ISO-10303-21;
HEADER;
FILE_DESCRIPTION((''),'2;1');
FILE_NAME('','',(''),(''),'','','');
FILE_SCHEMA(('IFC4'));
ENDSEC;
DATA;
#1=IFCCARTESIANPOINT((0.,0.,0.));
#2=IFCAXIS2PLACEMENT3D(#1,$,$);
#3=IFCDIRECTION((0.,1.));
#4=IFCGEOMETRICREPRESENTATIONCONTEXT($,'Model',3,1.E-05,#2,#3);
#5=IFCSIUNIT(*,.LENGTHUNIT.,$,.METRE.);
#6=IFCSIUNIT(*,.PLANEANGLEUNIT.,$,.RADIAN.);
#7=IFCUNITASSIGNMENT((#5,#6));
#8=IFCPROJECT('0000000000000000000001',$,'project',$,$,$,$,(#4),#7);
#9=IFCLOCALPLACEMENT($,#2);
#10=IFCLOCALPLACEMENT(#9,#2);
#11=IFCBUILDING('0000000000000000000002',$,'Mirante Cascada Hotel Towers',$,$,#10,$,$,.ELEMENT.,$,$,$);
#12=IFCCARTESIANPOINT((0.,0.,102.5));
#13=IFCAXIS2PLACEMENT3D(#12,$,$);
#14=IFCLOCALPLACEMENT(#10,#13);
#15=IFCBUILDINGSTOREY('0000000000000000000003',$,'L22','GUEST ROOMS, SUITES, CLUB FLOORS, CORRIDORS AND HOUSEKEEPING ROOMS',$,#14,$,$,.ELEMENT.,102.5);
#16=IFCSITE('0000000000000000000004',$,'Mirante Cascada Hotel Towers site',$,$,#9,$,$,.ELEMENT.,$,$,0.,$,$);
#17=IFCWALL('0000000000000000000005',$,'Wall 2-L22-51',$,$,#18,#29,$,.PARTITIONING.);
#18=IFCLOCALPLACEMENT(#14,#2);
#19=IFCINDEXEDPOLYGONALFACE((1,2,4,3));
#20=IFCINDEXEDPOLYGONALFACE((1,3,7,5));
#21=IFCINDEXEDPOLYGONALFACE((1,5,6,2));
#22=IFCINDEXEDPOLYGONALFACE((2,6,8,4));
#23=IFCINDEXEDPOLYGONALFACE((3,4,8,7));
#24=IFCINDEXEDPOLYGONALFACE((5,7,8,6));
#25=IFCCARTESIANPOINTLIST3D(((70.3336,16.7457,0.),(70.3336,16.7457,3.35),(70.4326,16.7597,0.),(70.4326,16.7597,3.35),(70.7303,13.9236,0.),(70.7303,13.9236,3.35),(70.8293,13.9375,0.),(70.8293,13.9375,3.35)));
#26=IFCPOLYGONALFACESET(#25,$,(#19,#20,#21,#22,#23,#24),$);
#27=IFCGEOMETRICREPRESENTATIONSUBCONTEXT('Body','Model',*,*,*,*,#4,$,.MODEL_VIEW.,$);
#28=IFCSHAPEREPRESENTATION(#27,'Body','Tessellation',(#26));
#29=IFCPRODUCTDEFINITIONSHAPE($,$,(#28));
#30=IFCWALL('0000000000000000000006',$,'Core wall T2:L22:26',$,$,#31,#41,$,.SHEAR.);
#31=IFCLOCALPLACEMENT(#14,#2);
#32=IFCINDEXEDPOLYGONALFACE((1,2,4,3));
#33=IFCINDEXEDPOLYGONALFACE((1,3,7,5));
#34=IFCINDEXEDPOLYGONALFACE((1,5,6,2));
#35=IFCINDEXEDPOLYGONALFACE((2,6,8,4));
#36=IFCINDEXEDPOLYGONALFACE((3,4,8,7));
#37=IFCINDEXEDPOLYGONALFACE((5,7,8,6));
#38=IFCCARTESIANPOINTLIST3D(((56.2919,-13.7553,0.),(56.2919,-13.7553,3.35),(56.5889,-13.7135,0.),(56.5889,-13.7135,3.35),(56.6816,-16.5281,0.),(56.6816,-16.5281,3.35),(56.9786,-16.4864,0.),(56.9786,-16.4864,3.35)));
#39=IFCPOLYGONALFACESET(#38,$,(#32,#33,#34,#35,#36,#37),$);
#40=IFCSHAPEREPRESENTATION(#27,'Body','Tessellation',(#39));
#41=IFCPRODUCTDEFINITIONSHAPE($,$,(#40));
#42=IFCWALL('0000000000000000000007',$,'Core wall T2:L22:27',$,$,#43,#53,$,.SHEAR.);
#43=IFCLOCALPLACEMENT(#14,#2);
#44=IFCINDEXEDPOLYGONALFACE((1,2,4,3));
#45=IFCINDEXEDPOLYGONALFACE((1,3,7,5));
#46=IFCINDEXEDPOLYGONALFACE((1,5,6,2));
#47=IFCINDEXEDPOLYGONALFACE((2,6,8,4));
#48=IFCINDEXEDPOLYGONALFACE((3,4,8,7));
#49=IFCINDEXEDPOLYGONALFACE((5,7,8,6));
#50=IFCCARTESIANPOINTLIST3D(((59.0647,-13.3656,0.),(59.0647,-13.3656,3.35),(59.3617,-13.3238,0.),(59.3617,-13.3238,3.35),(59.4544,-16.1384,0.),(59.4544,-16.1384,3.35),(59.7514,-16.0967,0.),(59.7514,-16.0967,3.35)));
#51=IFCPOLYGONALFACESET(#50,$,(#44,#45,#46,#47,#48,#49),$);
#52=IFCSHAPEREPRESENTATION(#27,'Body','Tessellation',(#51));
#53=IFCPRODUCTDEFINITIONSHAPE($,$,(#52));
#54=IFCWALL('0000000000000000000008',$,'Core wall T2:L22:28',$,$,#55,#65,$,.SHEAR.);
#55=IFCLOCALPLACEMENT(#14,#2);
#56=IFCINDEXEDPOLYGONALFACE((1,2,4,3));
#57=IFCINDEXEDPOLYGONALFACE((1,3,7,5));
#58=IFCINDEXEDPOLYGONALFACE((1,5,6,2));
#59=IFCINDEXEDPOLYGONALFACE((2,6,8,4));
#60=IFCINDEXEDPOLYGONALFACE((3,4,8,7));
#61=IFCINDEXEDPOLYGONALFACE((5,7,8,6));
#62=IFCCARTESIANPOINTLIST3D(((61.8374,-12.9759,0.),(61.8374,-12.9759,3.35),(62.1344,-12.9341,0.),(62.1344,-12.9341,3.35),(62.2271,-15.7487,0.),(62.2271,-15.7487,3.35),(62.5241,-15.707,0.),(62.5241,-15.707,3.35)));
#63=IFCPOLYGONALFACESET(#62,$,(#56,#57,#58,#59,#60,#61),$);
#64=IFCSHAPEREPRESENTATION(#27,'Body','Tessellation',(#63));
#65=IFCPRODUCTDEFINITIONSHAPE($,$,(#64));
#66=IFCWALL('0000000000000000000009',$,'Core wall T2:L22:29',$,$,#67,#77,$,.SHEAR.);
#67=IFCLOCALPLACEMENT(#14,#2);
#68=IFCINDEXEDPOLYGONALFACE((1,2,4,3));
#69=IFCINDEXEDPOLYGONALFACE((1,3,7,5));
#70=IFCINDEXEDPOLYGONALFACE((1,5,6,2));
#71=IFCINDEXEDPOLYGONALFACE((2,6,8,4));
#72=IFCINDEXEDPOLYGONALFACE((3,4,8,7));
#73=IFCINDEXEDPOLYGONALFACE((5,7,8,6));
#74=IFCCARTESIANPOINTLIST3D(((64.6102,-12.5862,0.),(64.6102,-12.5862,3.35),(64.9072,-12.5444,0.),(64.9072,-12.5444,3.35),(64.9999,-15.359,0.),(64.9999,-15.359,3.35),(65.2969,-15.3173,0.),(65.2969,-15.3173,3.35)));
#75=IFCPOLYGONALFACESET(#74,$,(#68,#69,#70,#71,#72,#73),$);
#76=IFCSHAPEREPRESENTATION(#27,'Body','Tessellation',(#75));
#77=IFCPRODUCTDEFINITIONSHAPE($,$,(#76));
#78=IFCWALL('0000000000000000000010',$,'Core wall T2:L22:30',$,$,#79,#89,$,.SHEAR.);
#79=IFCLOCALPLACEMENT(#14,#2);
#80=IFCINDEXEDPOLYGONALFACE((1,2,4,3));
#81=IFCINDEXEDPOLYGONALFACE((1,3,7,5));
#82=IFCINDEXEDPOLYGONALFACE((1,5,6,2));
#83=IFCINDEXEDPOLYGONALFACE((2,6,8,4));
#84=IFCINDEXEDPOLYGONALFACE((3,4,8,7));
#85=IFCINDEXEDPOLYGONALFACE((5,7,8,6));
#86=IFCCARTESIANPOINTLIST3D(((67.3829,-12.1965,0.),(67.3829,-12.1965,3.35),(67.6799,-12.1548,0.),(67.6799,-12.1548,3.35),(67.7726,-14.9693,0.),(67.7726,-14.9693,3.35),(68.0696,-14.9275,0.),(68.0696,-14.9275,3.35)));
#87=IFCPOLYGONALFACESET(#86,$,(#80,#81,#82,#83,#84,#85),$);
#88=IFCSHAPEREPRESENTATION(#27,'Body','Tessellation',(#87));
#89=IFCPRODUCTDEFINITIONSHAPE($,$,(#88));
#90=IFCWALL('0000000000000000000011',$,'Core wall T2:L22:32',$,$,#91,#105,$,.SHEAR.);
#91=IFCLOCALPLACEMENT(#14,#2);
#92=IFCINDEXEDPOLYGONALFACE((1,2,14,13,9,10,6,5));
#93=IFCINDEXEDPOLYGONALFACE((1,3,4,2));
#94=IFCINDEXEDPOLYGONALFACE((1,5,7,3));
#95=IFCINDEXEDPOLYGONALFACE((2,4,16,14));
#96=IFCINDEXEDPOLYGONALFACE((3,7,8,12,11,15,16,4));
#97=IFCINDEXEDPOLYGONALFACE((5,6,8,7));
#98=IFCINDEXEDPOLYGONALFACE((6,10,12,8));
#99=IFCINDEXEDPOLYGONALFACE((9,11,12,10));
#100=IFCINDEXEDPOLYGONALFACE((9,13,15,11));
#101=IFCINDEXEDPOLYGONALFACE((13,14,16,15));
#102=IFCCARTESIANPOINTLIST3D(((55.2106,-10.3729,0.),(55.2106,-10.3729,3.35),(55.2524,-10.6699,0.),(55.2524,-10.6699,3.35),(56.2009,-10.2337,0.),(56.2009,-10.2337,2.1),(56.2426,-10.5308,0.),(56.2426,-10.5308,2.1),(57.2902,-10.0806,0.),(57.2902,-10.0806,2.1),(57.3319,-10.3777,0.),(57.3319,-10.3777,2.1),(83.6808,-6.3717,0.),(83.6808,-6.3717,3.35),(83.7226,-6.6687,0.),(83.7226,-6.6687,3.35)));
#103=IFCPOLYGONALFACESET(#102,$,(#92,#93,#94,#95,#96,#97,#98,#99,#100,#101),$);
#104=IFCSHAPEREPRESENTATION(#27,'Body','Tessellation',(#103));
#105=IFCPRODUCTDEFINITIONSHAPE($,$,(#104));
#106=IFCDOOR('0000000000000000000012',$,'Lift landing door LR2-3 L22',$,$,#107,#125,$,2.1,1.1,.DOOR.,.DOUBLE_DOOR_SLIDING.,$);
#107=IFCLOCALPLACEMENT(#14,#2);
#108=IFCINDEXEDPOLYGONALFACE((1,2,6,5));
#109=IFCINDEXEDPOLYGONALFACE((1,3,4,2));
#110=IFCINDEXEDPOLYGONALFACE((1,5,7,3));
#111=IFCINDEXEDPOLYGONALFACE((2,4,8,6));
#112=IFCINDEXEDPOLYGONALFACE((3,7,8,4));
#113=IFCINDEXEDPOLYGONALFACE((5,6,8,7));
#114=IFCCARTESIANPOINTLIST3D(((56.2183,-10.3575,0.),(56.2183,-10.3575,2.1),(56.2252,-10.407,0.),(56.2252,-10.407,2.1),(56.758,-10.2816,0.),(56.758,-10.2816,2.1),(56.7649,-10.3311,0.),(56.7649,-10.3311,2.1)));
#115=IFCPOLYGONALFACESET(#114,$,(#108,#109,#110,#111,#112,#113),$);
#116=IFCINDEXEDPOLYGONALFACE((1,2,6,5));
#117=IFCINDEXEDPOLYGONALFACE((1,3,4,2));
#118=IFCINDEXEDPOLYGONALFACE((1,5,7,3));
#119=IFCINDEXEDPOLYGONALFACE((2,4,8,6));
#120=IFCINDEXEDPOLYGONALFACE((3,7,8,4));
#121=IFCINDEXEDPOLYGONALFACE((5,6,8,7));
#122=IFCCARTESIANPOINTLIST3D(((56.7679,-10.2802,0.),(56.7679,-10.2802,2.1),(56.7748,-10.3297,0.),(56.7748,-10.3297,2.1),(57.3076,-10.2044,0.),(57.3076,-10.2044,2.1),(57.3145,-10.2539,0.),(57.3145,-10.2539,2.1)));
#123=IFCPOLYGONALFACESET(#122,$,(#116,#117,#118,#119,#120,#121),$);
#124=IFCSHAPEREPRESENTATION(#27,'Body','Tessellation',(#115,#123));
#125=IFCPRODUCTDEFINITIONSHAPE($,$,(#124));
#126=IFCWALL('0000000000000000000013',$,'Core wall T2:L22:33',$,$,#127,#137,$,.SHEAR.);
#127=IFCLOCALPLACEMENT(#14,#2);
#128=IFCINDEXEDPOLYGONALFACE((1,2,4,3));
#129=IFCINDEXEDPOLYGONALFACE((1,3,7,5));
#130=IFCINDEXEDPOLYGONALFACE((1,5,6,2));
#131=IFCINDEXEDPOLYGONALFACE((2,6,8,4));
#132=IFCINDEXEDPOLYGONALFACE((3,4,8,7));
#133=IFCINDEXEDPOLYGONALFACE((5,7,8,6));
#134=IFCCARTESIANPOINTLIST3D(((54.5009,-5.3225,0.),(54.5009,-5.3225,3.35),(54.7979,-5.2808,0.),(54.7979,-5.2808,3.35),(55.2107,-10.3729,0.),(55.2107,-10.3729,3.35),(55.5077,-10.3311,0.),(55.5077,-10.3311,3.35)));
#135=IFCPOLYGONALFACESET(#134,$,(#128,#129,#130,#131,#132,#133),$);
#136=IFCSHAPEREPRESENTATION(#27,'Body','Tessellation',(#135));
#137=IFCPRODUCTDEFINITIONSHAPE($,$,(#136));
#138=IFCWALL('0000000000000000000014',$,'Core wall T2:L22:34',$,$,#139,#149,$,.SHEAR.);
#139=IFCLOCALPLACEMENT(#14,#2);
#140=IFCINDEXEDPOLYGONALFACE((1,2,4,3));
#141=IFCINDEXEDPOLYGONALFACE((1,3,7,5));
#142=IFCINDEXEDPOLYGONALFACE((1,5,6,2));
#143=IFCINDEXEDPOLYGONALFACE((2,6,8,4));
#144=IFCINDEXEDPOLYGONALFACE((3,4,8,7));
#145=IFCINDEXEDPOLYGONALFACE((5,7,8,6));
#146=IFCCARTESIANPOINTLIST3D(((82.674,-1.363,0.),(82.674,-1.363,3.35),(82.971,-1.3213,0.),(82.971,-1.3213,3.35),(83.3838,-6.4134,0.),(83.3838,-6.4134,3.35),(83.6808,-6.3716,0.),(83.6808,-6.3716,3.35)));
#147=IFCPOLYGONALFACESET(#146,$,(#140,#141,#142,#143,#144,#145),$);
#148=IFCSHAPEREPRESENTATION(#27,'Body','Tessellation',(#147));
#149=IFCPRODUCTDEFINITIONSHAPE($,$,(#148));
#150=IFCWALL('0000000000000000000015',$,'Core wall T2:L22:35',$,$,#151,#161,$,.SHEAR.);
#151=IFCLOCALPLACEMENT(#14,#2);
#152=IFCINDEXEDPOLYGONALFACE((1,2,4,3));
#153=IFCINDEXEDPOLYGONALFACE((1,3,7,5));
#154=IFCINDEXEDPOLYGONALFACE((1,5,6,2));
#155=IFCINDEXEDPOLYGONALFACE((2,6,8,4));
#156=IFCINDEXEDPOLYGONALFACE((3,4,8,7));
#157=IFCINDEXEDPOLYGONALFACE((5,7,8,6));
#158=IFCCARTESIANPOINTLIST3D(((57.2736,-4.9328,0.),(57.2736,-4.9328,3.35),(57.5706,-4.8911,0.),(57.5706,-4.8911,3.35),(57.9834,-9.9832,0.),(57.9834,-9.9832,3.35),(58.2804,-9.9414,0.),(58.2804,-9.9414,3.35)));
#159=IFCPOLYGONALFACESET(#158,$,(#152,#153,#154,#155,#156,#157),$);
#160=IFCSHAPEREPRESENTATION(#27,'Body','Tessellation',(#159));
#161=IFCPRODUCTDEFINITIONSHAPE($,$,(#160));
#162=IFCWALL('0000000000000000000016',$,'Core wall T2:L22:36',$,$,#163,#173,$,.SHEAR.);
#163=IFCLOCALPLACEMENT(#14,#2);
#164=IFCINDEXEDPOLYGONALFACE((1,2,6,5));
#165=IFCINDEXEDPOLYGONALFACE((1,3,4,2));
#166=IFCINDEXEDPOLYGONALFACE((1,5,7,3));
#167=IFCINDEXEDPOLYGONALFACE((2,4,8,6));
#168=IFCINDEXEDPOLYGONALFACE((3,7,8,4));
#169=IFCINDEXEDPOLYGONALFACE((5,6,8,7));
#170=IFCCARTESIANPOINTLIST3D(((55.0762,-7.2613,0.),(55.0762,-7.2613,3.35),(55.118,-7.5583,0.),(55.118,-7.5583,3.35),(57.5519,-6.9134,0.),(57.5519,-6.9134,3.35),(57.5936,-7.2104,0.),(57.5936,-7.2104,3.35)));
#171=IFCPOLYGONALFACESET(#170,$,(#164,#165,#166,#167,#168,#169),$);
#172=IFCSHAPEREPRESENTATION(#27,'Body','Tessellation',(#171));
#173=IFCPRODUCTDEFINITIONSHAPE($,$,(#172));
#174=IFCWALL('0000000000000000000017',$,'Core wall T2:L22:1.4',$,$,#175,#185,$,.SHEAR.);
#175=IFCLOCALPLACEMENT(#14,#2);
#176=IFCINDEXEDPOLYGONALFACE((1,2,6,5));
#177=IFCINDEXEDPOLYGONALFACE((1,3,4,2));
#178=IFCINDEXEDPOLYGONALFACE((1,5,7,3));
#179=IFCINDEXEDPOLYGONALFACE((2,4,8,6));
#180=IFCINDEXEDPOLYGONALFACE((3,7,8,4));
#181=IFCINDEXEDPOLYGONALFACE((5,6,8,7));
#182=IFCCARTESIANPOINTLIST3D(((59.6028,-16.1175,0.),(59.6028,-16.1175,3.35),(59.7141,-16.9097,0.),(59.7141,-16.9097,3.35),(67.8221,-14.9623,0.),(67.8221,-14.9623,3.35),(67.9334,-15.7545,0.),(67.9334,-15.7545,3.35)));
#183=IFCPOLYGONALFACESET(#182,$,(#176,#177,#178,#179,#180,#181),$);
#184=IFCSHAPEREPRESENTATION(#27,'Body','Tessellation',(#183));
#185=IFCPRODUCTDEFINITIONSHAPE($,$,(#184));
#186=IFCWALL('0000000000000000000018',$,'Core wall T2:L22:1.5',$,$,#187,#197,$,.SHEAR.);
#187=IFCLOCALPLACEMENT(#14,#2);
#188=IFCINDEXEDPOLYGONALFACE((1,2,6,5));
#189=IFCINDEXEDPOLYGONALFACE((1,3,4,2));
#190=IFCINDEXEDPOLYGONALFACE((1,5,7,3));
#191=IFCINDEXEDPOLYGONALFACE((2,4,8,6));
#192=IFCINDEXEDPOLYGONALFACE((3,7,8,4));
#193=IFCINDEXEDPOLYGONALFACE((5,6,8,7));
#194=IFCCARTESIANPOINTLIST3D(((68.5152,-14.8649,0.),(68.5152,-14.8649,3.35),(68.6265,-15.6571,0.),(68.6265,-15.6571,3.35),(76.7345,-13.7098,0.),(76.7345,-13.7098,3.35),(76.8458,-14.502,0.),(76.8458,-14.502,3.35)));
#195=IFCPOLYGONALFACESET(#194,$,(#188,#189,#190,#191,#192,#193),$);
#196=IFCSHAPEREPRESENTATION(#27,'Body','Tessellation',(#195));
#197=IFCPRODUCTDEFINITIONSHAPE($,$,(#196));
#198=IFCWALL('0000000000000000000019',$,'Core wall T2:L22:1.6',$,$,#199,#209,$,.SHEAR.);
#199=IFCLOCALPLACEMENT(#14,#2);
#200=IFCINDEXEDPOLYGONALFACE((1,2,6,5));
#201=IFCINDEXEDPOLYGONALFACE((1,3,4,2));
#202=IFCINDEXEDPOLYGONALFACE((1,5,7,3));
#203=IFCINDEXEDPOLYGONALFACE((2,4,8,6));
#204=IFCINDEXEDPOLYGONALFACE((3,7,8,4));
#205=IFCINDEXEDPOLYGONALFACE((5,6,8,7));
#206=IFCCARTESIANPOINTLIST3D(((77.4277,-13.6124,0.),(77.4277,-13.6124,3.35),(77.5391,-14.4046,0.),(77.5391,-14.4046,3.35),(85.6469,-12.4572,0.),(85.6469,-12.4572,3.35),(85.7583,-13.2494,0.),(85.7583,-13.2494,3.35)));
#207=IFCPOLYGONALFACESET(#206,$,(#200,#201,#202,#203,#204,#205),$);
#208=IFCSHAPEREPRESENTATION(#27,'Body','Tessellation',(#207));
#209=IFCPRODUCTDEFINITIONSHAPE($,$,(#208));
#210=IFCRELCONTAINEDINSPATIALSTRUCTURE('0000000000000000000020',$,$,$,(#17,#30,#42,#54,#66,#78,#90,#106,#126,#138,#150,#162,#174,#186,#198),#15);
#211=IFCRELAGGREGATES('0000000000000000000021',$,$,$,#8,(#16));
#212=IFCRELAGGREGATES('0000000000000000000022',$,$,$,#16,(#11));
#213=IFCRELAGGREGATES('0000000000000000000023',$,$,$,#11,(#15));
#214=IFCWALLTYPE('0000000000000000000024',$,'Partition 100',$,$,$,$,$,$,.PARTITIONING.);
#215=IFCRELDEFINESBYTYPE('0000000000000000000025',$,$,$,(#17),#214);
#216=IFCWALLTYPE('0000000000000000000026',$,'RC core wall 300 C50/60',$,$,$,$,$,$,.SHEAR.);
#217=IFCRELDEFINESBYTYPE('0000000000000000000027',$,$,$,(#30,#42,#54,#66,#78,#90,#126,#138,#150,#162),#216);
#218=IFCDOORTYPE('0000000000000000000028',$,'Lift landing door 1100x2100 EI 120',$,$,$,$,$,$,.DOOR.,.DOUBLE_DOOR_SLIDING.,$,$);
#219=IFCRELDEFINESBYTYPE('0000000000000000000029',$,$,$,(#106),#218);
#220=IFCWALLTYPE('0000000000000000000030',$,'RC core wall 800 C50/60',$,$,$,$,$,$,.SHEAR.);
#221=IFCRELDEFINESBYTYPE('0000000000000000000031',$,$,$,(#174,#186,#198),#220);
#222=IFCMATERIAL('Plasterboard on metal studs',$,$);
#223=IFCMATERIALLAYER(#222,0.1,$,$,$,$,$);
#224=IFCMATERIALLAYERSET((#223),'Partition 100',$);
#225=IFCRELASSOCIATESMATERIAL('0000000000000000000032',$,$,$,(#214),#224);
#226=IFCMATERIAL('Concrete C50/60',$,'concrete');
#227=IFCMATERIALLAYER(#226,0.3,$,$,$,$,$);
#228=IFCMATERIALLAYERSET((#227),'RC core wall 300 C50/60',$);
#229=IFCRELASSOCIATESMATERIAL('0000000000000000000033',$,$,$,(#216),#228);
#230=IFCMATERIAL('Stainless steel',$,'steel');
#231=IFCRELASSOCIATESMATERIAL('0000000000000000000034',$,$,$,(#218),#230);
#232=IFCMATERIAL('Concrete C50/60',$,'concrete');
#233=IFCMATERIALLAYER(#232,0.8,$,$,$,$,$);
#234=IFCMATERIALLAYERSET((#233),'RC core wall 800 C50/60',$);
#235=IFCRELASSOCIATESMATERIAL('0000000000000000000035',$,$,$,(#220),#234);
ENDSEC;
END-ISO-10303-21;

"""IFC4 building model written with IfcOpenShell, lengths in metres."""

from ifc_helpers import new_model, si_unit, direction, frame, frame_2d, origin, place, context, subcontext, project, spatial, rectangle, extrude, material, layer, layer_set, type_object, element, fill, save


model = new_model("IFC4")

# Units and contexts
model_context = context("Model", 3, precision=1e-05, world=origin(), true_north=direction((0.0, 1.0)))
body_context = subcontext(model_context, "Body", "Model", "MODEL_VIEW")
ifc_project = project(units=[si_unit("LENGTHUNIT", "METRE"), si_unit("PLANEANGLEUNIT", "RADIAN")], contexts=[model_context])

# Site, building, storey
site_placement = place(None, origin())
site = spatial("IfcSite", under=ifc_project, at=site_placement, Name="Mirante Cascada Hotel Towers site", CompositionType="ELEMENT", RefElevation=0.0)
building_placement = place(site_placement, origin())
building = spatial("IfcBuilding", under=site, at=building_placement, Name="Mirante Cascada Hotel Towers", CompositionType="ELEMENT")
storey_placement = place(building_placement, frame((0.0, 0.0, 102.5)))
storey = spatial("IfcBuildingStorey", under=building, at=storey_placement, Name="L22", Description="GUEST ROOMS, SUITES, CLUB FLOORS, CORRIDORS AND HOUSEKEEPING ROOMS", CompositionType="ELEMENT", Elevation=102.5)

# Walls
ifc_material_1 = material(Name="Plasterboard on metal studs")
ifc_layer_1 = layer(ifc_material_1, 0.1)
ifc_layer_set_1 = layer_set([ifc_layer_1], Name="Partition 100")
wall_type_1 = type_object("IfcWallType", Name="Partition 100", PredefinedType="PARTITIONING", material=ifc_layer_set_1)
wall_1_placement = place(storey_placement, frame((70.7798, 13.9305, 0.0), z_axis=(0.0, 0.0, 1.0), x_axis=(-0.139196, 0.990265, 0.0)))
element("IfcWall", 1, at=wall_1_placement, inside=storey, type_object=wall_type_1, Name="Wall 2-L22-51", PredefinedType="PARTITIONING", context=body_context, shape_type="SweptSolid", body=[
    extrude(rectangle(XDim=2.8499, YDim=0.1, at=frame_2d((1.425, 0.0))), origin(), (0.0, 0.0, 1.0), 3.35),
])
ifc_material_2 = material(Name="Concrete C50/60", Category="concrete")
ifc_layer_2 = layer(ifc_material_2, 0.3)
ifc_layer_set_2 = layer_set([ifc_layer_2], Name="RC core wall 300 C50/60")
wall_type_2 = type_object("IfcWallType", Name="RC core wall 300 C50/60", PredefinedType="SHEAR", material=ifc_layer_set_2)
for number, where, z_axis, x_axis, name in (
    (2, (56.8301, -16.5072, 0.0), (0.0, 0.0, 1.0), (-0.139176, 0.990268, 0.0), "Core wall T2:L22:26"),
    (3, (59.6029, -16.1175, 0.0), (0.0, 0.0, 1.0), (-0.139176, 0.990268, 0.0), "Core wall T2:L22:27"),
    (4, (62.3756, -15.7278, 0.0), (0.0, 0.0, 1.0), (-0.139176, 0.990268, 0.0), "Core wall T2:L22:28"),
    (5, (65.1484, -15.3381, 0.0), (0.0, 0.0, 1.0), (-0.139176, 0.990268, 0.0), "Core wall T2:L22:29"),
):
    element("IfcWall", number, at=place(storey_placement, frame(where, z_axis=z_axis, x_axis=x_axis)), inside=storey, type_object=wall_type_2, Name=name, PredefinedType="SHEAR", context=body_context, shape_type="SweptSolid", body=[
        extrude(rectangle(XDim=2.8001, YDim=0.3, at=frame_2d((1.4, 0.0))), origin(), (0.0, 0.0, 1.0), 3.35),
    ])
wall_2_placement = place(storey_placement, frame((67.9211, -14.9484, 0.0), z_axis=(0.0, 0.0, 1.0), x_axis=(-0.139181, 0.990267, 0.0)))
element("IfcWall", 6, at=wall_2_placement, inside=storey, type_object=wall_type_2, Name="Core wall T2:L22:30", PredefinedType="SHEAR", context=body_context, shape_type="SweptSolid", body=[
    extrude(rectangle(XDim=2.8, YDim=0.3, at=frame_2d((1.4, 0.0))), origin(), (0.0, 0.0, 1.0), 3.35),
])

# Wall, opening, door
wall_3_placement = place(storey_placement, frame((55.2315, -10.5214, 0.0), z_axis=(0.0, 0.0, 1.0), x_axis=(0.990268, 0.139172, 0.0)))
wall_3 = element("IfcWall", 7, at=wall_3_placement, inside=storey, type_object=wall_type_2, Name="Core wall T2:L22:32", PredefinedType="SHEAR", context=body_context, shape_type="SweptSolid", body=[
    extrude(rectangle(XDim=28.75, YDim=0.3, at=frame_2d((14.375, 0.0))), origin(), (0.0, 0.0, 1.0), 3.35),
])
opening_placement = place(wall_3_placement, frame((1.0, 0.0, 0.0)))
opening = element("IfcOpeningElement", 8, at=opening_placement, cuts=wall_3, PredefinedType="OPENING", context=body_context, shape_type="SweptSolid", body=[
    extrude(rectangle(XDim=1.1, YDim=2.1, at=frame_2d((0.55, 1.05))), frame((0.0, 0.15, 0.0), z_axis=(0.0, -1.0, 0.0), x_axis=(1.0, 0.0, 0.0)), (0.0, 0.0, 1.0), 0.3),
])
ifc_material_3 = material(Name="Stainless steel", Category="steel")
door_type = type_object("IfcDoorType", Name="Lift landing door 1100x2100 EI 120", OperationType="DOUBLE_DOOR_SLIDING", PredefinedType="DOOR", material=ifc_material_3)
door_placement = place(opening_placement, origin())
door = element("IfcDoor", 9, at=door_placement, inside=storey, type_object=door_type, Name="Lift landing door LR2-3 L22", OperationType="DOUBLE_DOOR_SLIDING", OverallHeight=2.1, OverallWidth=1.1, PredefinedType="DOOR", context=body_context, shape_type="SweptSolid", body=[
    extrude(rectangle(XDim=0.545, YDim=2.1, at=frame_2d((0.2725, 1.05))), frame((0.0, 0.025, 0.0), z_axis=(0.0, -1.0, 0.0), x_axis=(1.0, 0.0, 0.0)), (0.0, 0.0, 1.0), 0.05),
    extrude(rectangle(XDim=0.545, YDim=2.1, at=frame_2d((0.8275, 1.05))), frame((0.0, 0.025, 0.0), z_axis=(0.0, -1.0, 0.0), x_axis=(1.0, 0.0, 0.0)), (0.0, 0.0, 1.0), 0.05),
])
fill(opening, door)

# Walls
for number, where, z_axis, x_axis, name in (
    (10, (55.3592, -10.352, 0.0), (0.0, 0.0, 1.0), (-0.139176, 0.990268, 0.0), "Core wall T2:L22:33"),
    (11, (83.5323, -6.3925, 0.0), (0.0, 0.0, 1.0), (-0.139176, 0.990268, 0.0), "Core wall T2:L22:34"),
    (12, (58.1319, -9.9623, 0.0), (0.0, 0.0, 1.0), (-0.139176, 0.990268, 0.0), "Core wall T2:L22:35"),
):
    element("IfcWall", number, at=place(storey_placement, frame(where, z_axis=z_axis, x_axis=x_axis)), inside=storey, type_object=wall_type_2, Name=name, PredefinedType="SHEAR", context=body_context, shape_type="SweptSolid", body=[
        extrude(rectangle(XDim=5.1, YDim=0.3, at=frame_2d((2.55, 0.0))), origin(), (0.0, 0.0, 1.0), 3.35),
    ])
wall_4_placement = place(storey_placement, frame((55.0971, -7.4098, 0.0), z_axis=(0.0, 0.0, 1.0), x_axis=(0.99027, 0.139159, 0.0)))
element("IfcWall", 13, at=wall_4_placement, inside=storey, type_object=wall_type_2, Name="Core wall T2:L22:36", PredefinedType="SHEAR", context=body_context, shape_type="SweptSolid", body=[
    extrude(rectangle(XDim=2.5, YDim=0.3, at=frame_2d((1.25, 0.0))), origin(), (0.0, 0.0, 1.0), 3.35),
])
ifc_material_4 = material(Name="Concrete C50/60", Category="concrete")
ifc_layer_3 = layer(ifc_material_4, 0.8)
ifc_layer_set_3 = layer_set([ifc_layer_3], Name="RC core wall 800 C50/60")
wall_type_3 = type_object("IfcWallType", Name="RC core wall 800 C50/60", PredefinedType="SHEAR", material=ifc_layer_set_3)
for number, where, z_axis, x_axis, name in (
    (14, (59.6585, -16.5136, 0.0), (0.0, 0.0, 1.0), (0.990267, 0.139179, 0.0), "Core wall T2:L22:1.4"),
    (15, (68.5709, -15.261, 0.0), (0.0, 0.0, 1.0), (0.990269, 0.139167, 0.0), "Core wall T2:L22:1.5"),
):
    element("IfcWall", number, at=place(storey_placement, frame(where, z_axis=z_axis, x_axis=x_axis)), inside=storey, type_object=wall_type_3, Name=name, PredefinedType="SHEAR", context=body_context, shape_type="SweptSolid", body=[
        extrude(rectangle(XDim=8.3001, YDim=0.8, at=frame_2d((4.15, 0.0))), origin(), (0.0, 0.0, 1.0), 3.35),
    ])
wall_5_placement = place(storey_placement, frame((77.4834, -14.0085, 0.0), z_axis=(0.0, 0.0, 1.0), x_axis=(0.990267, 0.139181, 0.0)))
element("IfcWall", 16, at=wall_5_placement, inside=storey, type_object=wall_type_3, Name="Core wall T2:L22:1.6", PredefinedType="SHEAR", context=body_context, shape_type="SweptSolid", body=[
    extrude(rectangle(XDim=8.3, YDim=0.8, at=frame_2d((4.15, 0.0))), origin(), (0.0, 0.0, 1.0), 3.35),
])

save(model, "model.ifc")
